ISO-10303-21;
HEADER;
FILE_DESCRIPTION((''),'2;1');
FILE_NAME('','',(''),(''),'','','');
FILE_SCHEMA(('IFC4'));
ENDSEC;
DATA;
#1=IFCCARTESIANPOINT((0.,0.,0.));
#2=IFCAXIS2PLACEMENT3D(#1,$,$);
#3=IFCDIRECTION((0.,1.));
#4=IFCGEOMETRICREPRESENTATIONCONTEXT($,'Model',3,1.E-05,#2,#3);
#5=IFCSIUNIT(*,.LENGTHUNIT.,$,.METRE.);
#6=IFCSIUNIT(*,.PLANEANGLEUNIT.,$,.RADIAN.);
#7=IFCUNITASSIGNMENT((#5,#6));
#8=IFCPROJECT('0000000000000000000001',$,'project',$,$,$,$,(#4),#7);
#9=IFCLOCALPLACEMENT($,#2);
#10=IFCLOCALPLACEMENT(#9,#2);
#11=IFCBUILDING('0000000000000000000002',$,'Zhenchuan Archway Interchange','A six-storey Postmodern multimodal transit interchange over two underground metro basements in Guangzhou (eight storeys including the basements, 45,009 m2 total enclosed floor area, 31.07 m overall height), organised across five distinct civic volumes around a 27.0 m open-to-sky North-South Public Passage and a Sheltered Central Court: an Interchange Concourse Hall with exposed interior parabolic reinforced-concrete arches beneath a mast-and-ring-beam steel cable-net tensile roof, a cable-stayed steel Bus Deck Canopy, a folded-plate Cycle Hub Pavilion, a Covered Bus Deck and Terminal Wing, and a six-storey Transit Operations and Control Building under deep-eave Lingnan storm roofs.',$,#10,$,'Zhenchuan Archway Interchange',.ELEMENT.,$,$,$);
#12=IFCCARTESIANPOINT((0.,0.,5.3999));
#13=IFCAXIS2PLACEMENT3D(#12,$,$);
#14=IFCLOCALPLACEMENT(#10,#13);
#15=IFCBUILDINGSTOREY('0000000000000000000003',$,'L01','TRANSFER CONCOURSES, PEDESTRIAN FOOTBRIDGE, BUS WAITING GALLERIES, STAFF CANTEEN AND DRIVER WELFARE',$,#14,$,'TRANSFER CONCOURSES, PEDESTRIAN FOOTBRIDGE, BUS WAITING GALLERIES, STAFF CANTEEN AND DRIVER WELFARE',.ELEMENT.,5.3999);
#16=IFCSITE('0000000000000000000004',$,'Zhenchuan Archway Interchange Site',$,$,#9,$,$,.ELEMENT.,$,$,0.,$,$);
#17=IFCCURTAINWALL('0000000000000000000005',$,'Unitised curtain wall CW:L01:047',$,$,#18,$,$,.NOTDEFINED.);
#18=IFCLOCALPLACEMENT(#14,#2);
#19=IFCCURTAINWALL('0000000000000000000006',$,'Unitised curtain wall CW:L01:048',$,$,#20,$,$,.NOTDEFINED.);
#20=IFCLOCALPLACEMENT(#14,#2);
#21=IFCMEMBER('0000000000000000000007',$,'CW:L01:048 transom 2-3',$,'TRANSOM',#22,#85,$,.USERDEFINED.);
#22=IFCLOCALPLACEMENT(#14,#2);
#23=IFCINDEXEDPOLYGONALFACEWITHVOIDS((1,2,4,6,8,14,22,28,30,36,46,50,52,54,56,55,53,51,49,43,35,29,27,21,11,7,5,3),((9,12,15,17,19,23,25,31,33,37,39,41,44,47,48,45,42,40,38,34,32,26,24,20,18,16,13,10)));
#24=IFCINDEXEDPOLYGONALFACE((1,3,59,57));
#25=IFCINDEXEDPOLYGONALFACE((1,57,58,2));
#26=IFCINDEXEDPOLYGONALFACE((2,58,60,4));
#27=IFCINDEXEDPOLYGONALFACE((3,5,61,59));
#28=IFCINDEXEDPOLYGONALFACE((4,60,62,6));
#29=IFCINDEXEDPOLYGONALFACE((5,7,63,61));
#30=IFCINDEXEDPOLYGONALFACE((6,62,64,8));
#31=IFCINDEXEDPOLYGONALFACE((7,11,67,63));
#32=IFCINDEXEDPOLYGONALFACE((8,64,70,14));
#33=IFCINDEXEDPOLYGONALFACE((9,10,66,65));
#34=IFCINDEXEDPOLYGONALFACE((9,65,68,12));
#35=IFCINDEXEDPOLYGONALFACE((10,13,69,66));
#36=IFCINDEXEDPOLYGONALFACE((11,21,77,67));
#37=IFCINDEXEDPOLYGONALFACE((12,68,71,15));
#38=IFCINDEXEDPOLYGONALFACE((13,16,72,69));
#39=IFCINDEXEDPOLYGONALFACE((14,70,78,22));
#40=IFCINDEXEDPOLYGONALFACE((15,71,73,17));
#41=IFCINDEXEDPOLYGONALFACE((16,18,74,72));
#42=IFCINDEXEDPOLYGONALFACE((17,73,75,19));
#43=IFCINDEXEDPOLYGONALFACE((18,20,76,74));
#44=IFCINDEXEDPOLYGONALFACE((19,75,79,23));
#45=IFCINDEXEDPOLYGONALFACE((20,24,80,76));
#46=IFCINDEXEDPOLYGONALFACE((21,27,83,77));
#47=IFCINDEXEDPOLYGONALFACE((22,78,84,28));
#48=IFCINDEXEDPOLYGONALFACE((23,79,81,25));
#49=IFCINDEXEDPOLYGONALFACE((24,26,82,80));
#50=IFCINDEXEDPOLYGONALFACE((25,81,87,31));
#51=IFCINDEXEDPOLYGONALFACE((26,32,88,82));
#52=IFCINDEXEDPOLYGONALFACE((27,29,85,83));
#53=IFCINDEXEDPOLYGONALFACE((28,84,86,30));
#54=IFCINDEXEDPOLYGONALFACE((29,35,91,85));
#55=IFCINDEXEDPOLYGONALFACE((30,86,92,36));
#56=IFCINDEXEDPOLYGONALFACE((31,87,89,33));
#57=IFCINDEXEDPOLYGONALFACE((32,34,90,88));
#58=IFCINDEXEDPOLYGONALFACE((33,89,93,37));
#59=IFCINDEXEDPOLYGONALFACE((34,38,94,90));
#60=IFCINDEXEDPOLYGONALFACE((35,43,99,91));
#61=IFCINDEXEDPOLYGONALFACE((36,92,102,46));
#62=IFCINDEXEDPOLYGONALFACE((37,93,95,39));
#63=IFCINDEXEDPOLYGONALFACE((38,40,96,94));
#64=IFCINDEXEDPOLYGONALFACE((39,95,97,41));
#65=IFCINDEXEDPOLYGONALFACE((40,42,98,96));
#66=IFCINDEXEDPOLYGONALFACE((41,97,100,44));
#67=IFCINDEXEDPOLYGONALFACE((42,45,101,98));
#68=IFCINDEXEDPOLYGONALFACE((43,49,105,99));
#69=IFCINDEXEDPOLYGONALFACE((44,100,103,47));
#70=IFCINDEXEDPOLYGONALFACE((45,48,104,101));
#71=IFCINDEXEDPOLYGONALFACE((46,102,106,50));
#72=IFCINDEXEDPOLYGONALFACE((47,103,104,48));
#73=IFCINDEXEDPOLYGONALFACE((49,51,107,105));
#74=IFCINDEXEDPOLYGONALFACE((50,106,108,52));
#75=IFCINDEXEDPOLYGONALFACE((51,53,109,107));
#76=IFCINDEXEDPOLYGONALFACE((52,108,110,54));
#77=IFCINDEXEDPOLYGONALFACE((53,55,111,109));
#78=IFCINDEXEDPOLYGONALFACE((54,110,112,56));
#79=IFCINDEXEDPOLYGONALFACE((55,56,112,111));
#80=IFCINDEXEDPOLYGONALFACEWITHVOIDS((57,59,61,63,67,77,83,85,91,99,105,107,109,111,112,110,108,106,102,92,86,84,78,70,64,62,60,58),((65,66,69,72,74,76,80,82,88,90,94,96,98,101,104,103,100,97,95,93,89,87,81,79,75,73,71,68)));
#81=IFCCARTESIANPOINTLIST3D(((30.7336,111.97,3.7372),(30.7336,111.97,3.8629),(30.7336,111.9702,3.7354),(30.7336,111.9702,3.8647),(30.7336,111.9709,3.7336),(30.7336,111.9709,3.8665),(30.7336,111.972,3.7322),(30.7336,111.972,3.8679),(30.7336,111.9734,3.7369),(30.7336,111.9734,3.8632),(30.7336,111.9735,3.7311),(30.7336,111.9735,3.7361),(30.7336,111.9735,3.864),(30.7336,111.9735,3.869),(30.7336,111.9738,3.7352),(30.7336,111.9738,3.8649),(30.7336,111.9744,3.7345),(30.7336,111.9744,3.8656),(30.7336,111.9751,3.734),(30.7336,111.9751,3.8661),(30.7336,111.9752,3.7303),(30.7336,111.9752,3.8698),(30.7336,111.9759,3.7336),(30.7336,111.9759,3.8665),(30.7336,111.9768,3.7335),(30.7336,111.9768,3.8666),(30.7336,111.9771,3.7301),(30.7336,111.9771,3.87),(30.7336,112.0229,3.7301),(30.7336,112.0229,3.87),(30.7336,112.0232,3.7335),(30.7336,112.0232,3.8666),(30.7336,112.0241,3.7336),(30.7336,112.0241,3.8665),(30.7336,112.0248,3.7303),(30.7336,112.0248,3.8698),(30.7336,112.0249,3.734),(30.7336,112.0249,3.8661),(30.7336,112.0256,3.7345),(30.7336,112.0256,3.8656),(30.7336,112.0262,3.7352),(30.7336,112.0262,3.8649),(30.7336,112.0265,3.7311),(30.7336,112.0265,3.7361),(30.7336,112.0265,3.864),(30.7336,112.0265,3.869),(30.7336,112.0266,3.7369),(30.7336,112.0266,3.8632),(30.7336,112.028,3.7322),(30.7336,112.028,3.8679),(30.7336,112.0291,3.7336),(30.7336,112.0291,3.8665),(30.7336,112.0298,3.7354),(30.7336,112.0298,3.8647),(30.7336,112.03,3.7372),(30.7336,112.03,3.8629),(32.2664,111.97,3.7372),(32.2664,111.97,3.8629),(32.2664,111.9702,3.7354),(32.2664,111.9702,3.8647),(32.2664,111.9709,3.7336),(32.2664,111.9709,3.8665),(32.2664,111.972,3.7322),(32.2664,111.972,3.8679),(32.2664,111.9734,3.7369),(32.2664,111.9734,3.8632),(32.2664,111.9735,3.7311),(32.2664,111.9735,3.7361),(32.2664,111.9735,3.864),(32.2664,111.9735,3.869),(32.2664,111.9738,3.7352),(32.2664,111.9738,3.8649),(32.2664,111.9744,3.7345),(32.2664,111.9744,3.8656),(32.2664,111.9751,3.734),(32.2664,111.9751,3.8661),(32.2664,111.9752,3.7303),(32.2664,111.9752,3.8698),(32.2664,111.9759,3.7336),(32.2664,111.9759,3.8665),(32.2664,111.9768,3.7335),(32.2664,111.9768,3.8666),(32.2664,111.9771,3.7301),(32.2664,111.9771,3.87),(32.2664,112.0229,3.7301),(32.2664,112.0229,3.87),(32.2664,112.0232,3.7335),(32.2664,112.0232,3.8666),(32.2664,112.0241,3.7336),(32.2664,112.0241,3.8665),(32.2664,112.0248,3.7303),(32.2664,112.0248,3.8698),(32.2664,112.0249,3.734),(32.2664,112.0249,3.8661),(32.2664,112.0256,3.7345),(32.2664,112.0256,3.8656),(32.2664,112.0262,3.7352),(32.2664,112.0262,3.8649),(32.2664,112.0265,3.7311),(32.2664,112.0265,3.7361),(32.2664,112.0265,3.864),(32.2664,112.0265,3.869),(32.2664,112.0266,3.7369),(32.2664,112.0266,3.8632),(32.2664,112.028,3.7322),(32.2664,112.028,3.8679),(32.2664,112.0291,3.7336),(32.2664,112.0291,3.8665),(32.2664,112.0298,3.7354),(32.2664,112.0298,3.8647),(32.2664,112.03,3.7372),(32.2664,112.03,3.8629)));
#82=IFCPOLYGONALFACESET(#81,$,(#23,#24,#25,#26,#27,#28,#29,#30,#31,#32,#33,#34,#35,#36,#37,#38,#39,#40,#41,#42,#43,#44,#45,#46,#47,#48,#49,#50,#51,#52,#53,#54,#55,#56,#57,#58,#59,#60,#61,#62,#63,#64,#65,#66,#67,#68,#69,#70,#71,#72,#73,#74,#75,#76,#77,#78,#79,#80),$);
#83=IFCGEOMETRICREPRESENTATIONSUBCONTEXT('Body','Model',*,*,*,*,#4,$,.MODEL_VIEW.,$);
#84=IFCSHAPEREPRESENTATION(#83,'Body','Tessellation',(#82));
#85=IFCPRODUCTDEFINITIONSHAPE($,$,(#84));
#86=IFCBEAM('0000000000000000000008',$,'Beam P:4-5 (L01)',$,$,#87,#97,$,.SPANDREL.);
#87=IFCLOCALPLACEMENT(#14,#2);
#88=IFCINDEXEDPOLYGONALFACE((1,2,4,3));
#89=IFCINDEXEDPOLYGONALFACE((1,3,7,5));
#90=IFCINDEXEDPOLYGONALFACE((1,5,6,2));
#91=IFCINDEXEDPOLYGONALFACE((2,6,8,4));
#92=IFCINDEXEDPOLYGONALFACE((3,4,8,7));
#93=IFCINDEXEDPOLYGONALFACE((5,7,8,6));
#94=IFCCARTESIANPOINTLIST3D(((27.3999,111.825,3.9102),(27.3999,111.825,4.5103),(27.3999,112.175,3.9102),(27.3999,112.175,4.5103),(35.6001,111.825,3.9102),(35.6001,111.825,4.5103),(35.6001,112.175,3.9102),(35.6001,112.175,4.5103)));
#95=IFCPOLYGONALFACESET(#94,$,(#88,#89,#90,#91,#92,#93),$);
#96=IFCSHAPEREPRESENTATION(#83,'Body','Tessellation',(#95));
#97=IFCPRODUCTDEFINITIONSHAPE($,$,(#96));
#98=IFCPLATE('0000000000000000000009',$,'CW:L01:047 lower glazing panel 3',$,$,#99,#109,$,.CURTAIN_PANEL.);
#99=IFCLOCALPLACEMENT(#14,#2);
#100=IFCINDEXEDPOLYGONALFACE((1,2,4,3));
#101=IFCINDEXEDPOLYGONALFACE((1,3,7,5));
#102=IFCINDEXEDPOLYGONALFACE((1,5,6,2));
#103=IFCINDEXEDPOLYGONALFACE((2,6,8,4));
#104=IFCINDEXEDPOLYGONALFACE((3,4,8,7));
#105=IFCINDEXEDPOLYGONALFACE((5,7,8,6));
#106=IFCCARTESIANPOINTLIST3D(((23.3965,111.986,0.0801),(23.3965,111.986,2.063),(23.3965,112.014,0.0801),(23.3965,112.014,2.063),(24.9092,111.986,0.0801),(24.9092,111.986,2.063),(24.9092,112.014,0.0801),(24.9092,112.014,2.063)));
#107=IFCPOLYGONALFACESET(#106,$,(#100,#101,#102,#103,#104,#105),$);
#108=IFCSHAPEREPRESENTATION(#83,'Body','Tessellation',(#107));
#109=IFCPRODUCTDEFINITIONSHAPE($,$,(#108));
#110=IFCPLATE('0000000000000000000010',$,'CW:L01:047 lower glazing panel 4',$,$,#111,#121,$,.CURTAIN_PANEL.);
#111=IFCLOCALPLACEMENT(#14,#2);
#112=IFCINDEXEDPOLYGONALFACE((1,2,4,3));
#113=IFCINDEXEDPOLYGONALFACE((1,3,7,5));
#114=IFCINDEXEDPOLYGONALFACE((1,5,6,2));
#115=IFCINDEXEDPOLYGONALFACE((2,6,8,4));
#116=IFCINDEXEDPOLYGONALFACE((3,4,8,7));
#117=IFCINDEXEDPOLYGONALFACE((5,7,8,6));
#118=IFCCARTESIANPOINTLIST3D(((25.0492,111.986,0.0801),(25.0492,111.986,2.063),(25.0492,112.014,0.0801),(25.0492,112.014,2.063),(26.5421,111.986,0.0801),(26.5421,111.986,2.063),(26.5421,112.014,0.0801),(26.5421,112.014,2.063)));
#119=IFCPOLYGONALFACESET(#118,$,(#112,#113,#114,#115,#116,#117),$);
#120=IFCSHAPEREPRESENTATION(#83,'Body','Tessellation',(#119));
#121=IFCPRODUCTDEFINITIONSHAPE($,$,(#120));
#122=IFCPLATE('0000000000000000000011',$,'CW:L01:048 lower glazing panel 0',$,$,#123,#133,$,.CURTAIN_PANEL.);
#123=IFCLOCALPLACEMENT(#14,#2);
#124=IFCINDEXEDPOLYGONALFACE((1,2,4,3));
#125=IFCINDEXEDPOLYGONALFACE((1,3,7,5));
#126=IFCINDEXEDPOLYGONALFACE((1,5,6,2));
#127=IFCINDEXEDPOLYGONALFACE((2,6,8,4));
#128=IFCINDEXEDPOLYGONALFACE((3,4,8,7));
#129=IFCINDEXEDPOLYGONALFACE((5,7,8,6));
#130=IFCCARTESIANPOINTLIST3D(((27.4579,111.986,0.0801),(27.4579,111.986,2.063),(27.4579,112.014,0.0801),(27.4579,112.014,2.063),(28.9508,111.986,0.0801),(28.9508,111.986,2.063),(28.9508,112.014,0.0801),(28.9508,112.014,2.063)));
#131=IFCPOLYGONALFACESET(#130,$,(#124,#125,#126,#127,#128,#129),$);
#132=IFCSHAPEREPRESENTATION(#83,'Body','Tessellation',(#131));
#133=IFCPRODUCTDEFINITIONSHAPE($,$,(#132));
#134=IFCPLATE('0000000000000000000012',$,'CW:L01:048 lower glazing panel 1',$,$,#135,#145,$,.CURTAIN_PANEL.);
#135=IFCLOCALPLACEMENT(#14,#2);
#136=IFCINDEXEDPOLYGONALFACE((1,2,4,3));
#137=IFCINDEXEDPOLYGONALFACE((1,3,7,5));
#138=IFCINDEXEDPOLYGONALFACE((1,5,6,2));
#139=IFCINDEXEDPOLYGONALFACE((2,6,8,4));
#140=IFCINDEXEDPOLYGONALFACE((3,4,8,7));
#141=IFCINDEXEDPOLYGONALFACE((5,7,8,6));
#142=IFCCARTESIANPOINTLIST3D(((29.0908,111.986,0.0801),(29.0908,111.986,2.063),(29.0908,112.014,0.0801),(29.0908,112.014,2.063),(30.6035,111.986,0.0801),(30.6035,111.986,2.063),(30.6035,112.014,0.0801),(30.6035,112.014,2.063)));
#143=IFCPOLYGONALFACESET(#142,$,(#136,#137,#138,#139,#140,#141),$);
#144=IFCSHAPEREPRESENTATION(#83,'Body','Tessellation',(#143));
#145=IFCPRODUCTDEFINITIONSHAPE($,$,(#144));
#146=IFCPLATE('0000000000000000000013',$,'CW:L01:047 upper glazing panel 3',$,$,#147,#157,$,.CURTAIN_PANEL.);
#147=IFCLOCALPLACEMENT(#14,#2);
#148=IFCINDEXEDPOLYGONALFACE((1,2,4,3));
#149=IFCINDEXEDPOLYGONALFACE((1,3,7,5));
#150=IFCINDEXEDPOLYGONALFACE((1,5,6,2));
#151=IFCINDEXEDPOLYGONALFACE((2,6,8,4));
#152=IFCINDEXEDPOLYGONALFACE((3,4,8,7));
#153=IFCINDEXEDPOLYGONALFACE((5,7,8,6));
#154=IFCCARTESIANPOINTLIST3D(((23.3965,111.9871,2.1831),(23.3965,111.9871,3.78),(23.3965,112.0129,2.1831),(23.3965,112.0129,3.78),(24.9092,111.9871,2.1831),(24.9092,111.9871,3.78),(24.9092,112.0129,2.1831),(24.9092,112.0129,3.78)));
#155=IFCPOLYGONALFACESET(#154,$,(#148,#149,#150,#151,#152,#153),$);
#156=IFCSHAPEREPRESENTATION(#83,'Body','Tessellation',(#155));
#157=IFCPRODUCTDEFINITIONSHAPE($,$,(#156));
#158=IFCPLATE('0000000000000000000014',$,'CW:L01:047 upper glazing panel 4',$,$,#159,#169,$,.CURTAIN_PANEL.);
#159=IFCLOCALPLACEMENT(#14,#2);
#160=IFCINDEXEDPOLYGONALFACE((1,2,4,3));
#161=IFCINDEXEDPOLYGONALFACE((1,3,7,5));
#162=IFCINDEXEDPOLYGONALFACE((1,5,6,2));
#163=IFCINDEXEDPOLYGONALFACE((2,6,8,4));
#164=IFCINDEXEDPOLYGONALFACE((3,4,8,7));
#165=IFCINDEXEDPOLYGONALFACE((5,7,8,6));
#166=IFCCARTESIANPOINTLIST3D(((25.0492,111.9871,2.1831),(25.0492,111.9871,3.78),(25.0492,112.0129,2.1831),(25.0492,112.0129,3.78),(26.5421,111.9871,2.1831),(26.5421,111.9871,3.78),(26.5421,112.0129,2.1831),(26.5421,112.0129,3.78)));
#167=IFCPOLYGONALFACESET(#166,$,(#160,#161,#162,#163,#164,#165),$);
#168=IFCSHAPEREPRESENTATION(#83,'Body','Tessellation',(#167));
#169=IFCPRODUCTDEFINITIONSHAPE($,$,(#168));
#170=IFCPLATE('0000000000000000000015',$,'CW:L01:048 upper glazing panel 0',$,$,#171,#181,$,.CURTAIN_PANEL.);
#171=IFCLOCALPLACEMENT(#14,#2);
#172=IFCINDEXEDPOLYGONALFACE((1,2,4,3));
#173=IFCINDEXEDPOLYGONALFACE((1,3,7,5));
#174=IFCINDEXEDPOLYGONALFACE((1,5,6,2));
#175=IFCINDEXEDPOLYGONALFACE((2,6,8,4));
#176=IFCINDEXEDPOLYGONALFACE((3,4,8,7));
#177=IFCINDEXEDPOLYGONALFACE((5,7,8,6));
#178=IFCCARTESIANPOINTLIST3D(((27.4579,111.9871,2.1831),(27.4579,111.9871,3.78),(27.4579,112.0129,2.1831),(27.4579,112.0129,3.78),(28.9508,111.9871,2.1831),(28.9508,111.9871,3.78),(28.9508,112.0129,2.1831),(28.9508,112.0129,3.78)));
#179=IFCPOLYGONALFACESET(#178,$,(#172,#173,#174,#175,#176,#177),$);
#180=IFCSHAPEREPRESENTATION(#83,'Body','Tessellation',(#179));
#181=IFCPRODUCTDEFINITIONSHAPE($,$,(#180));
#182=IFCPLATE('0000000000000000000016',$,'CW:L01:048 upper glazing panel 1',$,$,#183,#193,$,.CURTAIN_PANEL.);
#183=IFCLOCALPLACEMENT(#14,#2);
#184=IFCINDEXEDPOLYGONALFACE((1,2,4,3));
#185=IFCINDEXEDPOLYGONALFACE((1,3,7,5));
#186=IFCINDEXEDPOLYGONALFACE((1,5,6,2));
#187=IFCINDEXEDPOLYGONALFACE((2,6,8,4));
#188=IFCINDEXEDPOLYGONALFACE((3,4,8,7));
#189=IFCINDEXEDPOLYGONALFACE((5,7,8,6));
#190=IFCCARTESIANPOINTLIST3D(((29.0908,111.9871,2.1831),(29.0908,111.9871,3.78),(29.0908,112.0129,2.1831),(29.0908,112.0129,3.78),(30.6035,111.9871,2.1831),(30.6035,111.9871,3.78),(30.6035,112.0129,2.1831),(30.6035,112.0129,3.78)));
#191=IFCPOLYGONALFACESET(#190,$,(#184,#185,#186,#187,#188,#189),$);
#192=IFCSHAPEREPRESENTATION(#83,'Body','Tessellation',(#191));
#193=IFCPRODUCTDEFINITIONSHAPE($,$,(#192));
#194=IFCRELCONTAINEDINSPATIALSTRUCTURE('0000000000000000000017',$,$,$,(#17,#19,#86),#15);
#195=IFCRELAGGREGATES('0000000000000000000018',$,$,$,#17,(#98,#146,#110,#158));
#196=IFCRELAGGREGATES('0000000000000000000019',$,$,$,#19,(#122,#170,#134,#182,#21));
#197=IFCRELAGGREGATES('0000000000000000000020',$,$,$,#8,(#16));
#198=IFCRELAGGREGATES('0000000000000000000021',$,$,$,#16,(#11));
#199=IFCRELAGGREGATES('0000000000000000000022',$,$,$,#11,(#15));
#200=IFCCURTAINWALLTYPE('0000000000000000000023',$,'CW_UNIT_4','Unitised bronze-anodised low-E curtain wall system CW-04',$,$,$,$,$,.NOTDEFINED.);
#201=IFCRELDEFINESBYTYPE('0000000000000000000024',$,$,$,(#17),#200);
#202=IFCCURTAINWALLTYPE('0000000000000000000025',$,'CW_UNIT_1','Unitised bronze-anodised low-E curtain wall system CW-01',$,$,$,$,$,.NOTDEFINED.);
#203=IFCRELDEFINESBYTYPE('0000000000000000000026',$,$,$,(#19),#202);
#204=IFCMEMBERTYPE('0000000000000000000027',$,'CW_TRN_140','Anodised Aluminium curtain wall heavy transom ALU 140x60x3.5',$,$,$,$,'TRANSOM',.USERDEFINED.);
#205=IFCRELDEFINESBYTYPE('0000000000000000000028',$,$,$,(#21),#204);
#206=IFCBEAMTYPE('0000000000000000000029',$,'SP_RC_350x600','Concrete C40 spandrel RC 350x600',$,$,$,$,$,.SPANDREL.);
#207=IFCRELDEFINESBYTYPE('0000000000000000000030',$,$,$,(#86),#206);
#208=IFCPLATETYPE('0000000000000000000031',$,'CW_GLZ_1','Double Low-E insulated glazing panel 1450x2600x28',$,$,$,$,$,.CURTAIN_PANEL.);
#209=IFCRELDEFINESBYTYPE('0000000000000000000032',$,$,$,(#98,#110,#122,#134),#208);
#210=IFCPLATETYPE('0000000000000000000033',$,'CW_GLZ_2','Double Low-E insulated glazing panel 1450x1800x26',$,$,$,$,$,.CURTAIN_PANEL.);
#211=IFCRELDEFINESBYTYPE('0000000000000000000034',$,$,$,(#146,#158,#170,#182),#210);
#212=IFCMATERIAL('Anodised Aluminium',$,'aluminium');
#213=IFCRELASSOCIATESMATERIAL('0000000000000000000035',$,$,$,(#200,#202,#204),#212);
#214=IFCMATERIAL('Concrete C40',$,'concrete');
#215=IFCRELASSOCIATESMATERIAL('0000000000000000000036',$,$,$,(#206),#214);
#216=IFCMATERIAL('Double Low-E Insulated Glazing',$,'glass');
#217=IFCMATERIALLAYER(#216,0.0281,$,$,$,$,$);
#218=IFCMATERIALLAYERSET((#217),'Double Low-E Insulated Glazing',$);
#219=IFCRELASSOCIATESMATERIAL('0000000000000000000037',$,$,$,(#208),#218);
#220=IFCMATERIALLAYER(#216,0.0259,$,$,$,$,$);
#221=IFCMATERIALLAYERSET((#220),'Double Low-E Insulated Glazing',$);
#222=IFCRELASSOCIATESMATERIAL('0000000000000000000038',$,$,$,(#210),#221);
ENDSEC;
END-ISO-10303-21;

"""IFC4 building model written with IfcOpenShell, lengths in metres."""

from ifc_helpers import new_model, si_unit, direction, frame, origin, origin_2d, place, context, subcontext, project, spatial, rectangle, hollow_rectangle, extrude, material, layer, layer_set, material_profile, profile_set, type_object, element, aggregate, save


model = new_model("IFC4")

# Units and contexts
model_context = context("Model", 3, precision=1e-05, world=origin(), true_north=direction((0.0, 1.0)))
body_context = subcontext(model_context, "Body", "Model", "MODEL_VIEW")
ifc_project = project(units=[si_unit("LENGTHUNIT", "METRE"), si_unit("PLANEANGLEUNIT", "RADIAN")], contexts=[model_context])

# Site, building, storey
site_placement = place(None, origin())
site = spatial("IfcSite", under=ifc_project, at=site_placement, Name="Zhenchuan Archway Interchange Site", CompositionType="ELEMENT", RefElevation=0.0)
building_placement = place(site_placement, origin())
building = spatial("IfcBuilding", under=site, at=building_placement, Name="Zhenchuan Archway Interchange", Description="A six-storey Postmodern multimodal transit interchange over two underground metro basements in Guangzhou (eight storeys including the basements, 45,009 m2 total enclosed floor area, 31.07 m overall height), organised across five distinct civic volumes around a 27.0 m open-to-sky North-South Public Passage and a Sheltered Central Court: an Interchange Concourse Hall with exposed interior parabolic reinforced-concrete arches beneath a mast-and-ring-beam steel cable-net tensile roof, a cable-stayed steel Bus Deck Canopy, a folded-plate Cycle Hub Pavilion, a Covered Bus Deck and Terminal Wing, and a six-storey Transit Operations and Control Building under deep-eave Lingnan storm roofs.", LongName="Zhenchuan Archway Interchange", CompositionType="ELEMENT")
storey_placement = place(building_placement, frame((0.0, 0.0, 5.3999)))
storey = spatial("IfcBuildingStorey", under=building, at=storey_placement, Name="L01", Description="TRANSFER CONCOURSES, PEDESTRIAN FOOTBRIDGE, BUS WAITING GALLERIES, STAFF CANTEEN AND DRIVER WELFARE", LongName="TRANSFER CONCOURSES, PEDESTRIAN FOOTBRIDGE, BUS WAITING GALLERIES, STAFF CANTEEN AND DRIVER WELFARE", CompositionType="ELEMENT", Elevation=5.3999)

# Shared definitions
ifc_material_1 = material(Name="Concrete C40", Category="concrete")

# Curtain walls
ifc_material_2 = material(Name="Anodised Aluminium", Category="aluminium")
curtain_wall_type_1 = type_object("IfcCurtainWallType", Name="CW_UNIT_4", Description="Unitised bronze-anodised low-E curtain wall system CW-04", PredefinedType="NOTDEFINED", material=ifc_material_2)
curtain_wall_1_placement = place(storey_placement, origin())
curtain_wall_1 = element("IfcCurtainWall", 1, at=curtain_wall_1_placement, inside=storey, type_object=curtain_wall_type_1, Name="Unitised curtain wall CW:L01:047", PredefinedType="NOTDEFINED")
curtain_wall_type_2 = type_object("IfcCurtainWallType", Name="CW_UNIT_1", Description="Unitised bronze-anodised low-E curtain wall system CW-01", PredefinedType="NOTDEFINED", material=ifc_material_2)
curtain_wall_2_placement = place(storey_placement, origin())
curtain_wall_2 = element("IfcCurtainWall", 2, at=curtain_wall_2_placement, inside=storey, type_object=curtain_wall_type_2, Name="Unitised curtain wall CW:L01:048", PredefinedType="NOTDEFINED")

# Member
ifc_material_profile_1 = material_profile(ifc_material_2, hollow_rectangle(XDim=0.0601, YDim=0.1399, WallThickness=0.0034, InnerFilletRadius=0.0034, OuterFilletRadius=0.0071, at=origin_2d()), Name="ALU 140x60x3.5")
ifc_profile_set_1 = profile_set([ifc_material_profile_1], Name="Anodised Aluminium")
member_type_1 = type_object("IfcMemberType", Name="CW_TRN_140", Description="Anodised Aluminium curtain wall heavy transom ALU 140x60x3.5", ElementType="TRANSOM", PredefinedType="USERDEFINED", material=ifc_profile_set_1)
member_1_placement = place(storey_placement, frame((30.7336, 112.0, 3.8), z_axis=(1.0, 0.0, 0.0), x_axis=(0.0, 1.0, 0.0)))
member_1 = element("IfcMember", 3, at=member_1_placement, type_object=member_type_1, Name="CW:L01:048 transom 2-3", ObjectType="TRANSOM", PredefinedType="USERDEFINED", context=body_context, shape_type="SweptSolid", body=[
    extrude(hollow_rectangle(XDim=0.0601, YDim=0.1399, WallThickness=0.0034, InnerFilletRadius=0.0034, OuterFilletRadius=0.0071, at=origin_2d()), origin(), (0.0, 0.0, 1.0), 1.5327),
])

# Beam
ifc_material_profile_2 = material_profile(ifc_material_1, rectangle(XDim=0.3501, YDim=0.6001, at=origin_2d()), Name="RC 350x600")
ifc_profile_set_2 = profile_set([ifc_material_profile_2], Name="Concrete C40")
beam_type = type_object("IfcBeamType", Name="SP_RC_350x600", Description="Concrete C40 spandrel RC 350x600", PredefinedType="SPANDREL", material=ifc_profile_set_2)
beam_placement = place(storey_placement, frame((27.3999, 112.0, 4.2102), z_axis=(1.0, 0.0, 0.0), x_axis=(0.0, 1.0, 0.0)))
element("IfcBeam", 4, at=beam_placement, inside=storey, type_object=beam_type, Name="Beam P:4-5 (L01)", PredefinedType="SPANDREL", context=body_context, shape_type="SweptSolid", body=[
    extrude(rectangle(XDim=0.3501, YDim=0.6001, at=origin_2d()), origin(), (0.0, 0.0, 1.0), 8.2002),
])

# Plates
ifc_material_3 = material(Name="Double Low-E Insulated Glazing", Category="glass")
ifc_layer_1 = layer(ifc_material_3, 0.0281)
ifc_layer_set_1 = layer_set([ifc_layer_1], Name="Double Low-E Insulated Glazing")
plate_type_1 = type_object("IfcPlateType", Name="CW_GLZ_1", Description="Double Low-E insulated glazing panel 1450x2600x28", PredefinedType="CURTAIN_PANEL", material=ifc_layer_set_1)
plate_1_placement = place(storey_placement, frame((24.1528, 112.0, 0.0801), z_axis=(0.0, 0.0, 1.0), x_axis=(1.0, 0.0, 0.0)))
plate_1 = element("IfcPlate", 5, at=plate_1_placement, type_object=plate_type_1, Name="CW:L01:047 lower glazing panel 3", PredefinedType="CURTAIN_PANEL", context=body_context, shape_type="SweptSolid", body=[
    extrude(rectangle(XDim=1.5127, YDim=0.0281, at=origin_2d()), origin(), (0.0, 0.0, 1.0), 1.9829),
])
plate_2_placement = place(storey_placement, frame((25.7957, 112.0, 0.0801), z_axis=(0.0, 0.0, 1.0), x_axis=(1.0, 0.0, 0.0)))
plate_2 = element("IfcPlate", 6, at=plate_2_placement, type_object=plate_type_1, Name="CW:L01:047 lower glazing panel 4", PredefinedType="CURTAIN_PANEL", context=body_context, shape_type="SweptSolid", body=[
    extrude(rectangle(XDim=1.4929, YDim=0.0281, at=origin_2d()), origin(), (0.0, 0.0, 1.0), 1.9829),
])
plate_3_placement = place(storey_placement, frame((28.2043, 112.0, 0.0801), z_axis=(0.0, 0.0, 1.0), x_axis=(1.0, 0.0, 0.0)))
plate_3 = element("IfcPlate", 7, at=plate_3_placement, type_object=plate_type_1, Name="CW:L01:048 lower glazing panel 0", PredefinedType="CURTAIN_PANEL", context=body_context, shape_type="SweptSolid", body=[
    extrude(rectangle(XDim=1.4929, YDim=0.0281, at=origin_2d()), origin(), (0.0, 0.0, 1.0), 1.9829),
])
plate_4_placement = place(storey_placement, frame((29.8472, 112.0, 0.0801), z_axis=(0.0, 0.0, 1.0), x_axis=(1.0, 0.0, 0.0)))
plate_4 = element("IfcPlate", 8, at=plate_4_placement, type_object=plate_type_1, Name="CW:L01:048 lower glazing panel 1", PredefinedType="CURTAIN_PANEL", context=body_context, shape_type="SweptSolid", body=[
    extrude(rectangle(XDim=1.5127, YDim=0.0281, at=origin_2d()), origin(), (0.0, 0.0, 1.0), 1.9829),
])
ifc_layer_2 = layer(ifc_material_3, 0.0259)
ifc_layer_set_2 = layer_set([ifc_layer_2], Name="Double Low-E Insulated Glazing")
plate_type_2 = type_object("IfcPlateType", Name="CW_GLZ_2", Description="Double Low-E insulated glazing panel 1450x1800x26", PredefinedType="CURTAIN_PANEL", material=ifc_layer_set_2)
plate_5_placement = place(storey_placement, frame((24.1528, 112.0, 2.1831), z_axis=(0.0, 0.0, 1.0), x_axis=(1.0, 0.0, 0.0)))
plate_5 = element("IfcPlate", 9, at=plate_5_placement, type_object=plate_type_2, Name="CW:L01:047 upper glazing panel 3", PredefinedType="CURTAIN_PANEL", context=body_context, shape_type="SweptSolid", body=[
    extrude(rectangle(XDim=1.5127, YDim=0.0259, at=origin_2d()), origin(), (0.0, 0.0, 1.0), 1.5969),
])
plate_6_placement = place(storey_placement, frame((25.7957, 112.0, 2.1831), z_axis=(0.0, 0.0, 1.0), x_axis=(1.0, 0.0, 0.0)))
plate_6 = element("IfcPlate", 10, at=plate_6_placement, type_object=plate_type_2, Name="CW:L01:047 upper glazing panel 4", PredefinedType="CURTAIN_PANEL", context=body_context, shape_type="SweptSolid", body=[
    extrude(rectangle(XDim=1.4929, YDim=0.0259, at=origin_2d()), origin(), (0.0, 0.0, 1.0), 1.5969),
])
aggregate(curtain_wall_1, [plate_1, plate_5, plate_2, plate_6])
plate_7_placement = place(storey_placement, frame((28.2043, 112.0, 2.1831), z_axis=(0.0, 0.0, 1.0), x_axis=(1.0, 0.0, 0.0)))
plate_7 = element("IfcPlate", 11, at=plate_7_placement, type_object=plate_type_2, Name="CW:L01:048 upper glazing panel 0", PredefinedType="CURTAIN_PANEL", context=body_context, shape_type="SweptSolid", body=[
    extrude(rectangle(XDim=1.4929, YDim=0.0259, at=origin_2d()), origin(), (0.0, 0.0, 1.0), 1.5969),
])
plate_8_placement = place(storey_placement, frame((29.8472, 112.0, 2.1831), z_axis=(0.0, 0.0, 1.0), x_axis=(1.0, 0.0, 0.0)))
plate_8 = element("IfcPlate", 12, at=plate_8_placement, type_object=plate_type_2, Name="CW:L01:048 upper glazing panel 1", PredefinedType="CURTAIN_PANEL", context=body_context, shape_type="SweptSolid", body=[
    extrude(rectangle(XDim=1.5127, YDim=0.0259, at=origin_2d()), origin(), (0.0, 0.0, 1.0), 1.5969),
])
aggregate(curtain_wall_2, [plate_3, plate_7, plate_4, plate_8, member_1])

save(model, "model.ifc")
